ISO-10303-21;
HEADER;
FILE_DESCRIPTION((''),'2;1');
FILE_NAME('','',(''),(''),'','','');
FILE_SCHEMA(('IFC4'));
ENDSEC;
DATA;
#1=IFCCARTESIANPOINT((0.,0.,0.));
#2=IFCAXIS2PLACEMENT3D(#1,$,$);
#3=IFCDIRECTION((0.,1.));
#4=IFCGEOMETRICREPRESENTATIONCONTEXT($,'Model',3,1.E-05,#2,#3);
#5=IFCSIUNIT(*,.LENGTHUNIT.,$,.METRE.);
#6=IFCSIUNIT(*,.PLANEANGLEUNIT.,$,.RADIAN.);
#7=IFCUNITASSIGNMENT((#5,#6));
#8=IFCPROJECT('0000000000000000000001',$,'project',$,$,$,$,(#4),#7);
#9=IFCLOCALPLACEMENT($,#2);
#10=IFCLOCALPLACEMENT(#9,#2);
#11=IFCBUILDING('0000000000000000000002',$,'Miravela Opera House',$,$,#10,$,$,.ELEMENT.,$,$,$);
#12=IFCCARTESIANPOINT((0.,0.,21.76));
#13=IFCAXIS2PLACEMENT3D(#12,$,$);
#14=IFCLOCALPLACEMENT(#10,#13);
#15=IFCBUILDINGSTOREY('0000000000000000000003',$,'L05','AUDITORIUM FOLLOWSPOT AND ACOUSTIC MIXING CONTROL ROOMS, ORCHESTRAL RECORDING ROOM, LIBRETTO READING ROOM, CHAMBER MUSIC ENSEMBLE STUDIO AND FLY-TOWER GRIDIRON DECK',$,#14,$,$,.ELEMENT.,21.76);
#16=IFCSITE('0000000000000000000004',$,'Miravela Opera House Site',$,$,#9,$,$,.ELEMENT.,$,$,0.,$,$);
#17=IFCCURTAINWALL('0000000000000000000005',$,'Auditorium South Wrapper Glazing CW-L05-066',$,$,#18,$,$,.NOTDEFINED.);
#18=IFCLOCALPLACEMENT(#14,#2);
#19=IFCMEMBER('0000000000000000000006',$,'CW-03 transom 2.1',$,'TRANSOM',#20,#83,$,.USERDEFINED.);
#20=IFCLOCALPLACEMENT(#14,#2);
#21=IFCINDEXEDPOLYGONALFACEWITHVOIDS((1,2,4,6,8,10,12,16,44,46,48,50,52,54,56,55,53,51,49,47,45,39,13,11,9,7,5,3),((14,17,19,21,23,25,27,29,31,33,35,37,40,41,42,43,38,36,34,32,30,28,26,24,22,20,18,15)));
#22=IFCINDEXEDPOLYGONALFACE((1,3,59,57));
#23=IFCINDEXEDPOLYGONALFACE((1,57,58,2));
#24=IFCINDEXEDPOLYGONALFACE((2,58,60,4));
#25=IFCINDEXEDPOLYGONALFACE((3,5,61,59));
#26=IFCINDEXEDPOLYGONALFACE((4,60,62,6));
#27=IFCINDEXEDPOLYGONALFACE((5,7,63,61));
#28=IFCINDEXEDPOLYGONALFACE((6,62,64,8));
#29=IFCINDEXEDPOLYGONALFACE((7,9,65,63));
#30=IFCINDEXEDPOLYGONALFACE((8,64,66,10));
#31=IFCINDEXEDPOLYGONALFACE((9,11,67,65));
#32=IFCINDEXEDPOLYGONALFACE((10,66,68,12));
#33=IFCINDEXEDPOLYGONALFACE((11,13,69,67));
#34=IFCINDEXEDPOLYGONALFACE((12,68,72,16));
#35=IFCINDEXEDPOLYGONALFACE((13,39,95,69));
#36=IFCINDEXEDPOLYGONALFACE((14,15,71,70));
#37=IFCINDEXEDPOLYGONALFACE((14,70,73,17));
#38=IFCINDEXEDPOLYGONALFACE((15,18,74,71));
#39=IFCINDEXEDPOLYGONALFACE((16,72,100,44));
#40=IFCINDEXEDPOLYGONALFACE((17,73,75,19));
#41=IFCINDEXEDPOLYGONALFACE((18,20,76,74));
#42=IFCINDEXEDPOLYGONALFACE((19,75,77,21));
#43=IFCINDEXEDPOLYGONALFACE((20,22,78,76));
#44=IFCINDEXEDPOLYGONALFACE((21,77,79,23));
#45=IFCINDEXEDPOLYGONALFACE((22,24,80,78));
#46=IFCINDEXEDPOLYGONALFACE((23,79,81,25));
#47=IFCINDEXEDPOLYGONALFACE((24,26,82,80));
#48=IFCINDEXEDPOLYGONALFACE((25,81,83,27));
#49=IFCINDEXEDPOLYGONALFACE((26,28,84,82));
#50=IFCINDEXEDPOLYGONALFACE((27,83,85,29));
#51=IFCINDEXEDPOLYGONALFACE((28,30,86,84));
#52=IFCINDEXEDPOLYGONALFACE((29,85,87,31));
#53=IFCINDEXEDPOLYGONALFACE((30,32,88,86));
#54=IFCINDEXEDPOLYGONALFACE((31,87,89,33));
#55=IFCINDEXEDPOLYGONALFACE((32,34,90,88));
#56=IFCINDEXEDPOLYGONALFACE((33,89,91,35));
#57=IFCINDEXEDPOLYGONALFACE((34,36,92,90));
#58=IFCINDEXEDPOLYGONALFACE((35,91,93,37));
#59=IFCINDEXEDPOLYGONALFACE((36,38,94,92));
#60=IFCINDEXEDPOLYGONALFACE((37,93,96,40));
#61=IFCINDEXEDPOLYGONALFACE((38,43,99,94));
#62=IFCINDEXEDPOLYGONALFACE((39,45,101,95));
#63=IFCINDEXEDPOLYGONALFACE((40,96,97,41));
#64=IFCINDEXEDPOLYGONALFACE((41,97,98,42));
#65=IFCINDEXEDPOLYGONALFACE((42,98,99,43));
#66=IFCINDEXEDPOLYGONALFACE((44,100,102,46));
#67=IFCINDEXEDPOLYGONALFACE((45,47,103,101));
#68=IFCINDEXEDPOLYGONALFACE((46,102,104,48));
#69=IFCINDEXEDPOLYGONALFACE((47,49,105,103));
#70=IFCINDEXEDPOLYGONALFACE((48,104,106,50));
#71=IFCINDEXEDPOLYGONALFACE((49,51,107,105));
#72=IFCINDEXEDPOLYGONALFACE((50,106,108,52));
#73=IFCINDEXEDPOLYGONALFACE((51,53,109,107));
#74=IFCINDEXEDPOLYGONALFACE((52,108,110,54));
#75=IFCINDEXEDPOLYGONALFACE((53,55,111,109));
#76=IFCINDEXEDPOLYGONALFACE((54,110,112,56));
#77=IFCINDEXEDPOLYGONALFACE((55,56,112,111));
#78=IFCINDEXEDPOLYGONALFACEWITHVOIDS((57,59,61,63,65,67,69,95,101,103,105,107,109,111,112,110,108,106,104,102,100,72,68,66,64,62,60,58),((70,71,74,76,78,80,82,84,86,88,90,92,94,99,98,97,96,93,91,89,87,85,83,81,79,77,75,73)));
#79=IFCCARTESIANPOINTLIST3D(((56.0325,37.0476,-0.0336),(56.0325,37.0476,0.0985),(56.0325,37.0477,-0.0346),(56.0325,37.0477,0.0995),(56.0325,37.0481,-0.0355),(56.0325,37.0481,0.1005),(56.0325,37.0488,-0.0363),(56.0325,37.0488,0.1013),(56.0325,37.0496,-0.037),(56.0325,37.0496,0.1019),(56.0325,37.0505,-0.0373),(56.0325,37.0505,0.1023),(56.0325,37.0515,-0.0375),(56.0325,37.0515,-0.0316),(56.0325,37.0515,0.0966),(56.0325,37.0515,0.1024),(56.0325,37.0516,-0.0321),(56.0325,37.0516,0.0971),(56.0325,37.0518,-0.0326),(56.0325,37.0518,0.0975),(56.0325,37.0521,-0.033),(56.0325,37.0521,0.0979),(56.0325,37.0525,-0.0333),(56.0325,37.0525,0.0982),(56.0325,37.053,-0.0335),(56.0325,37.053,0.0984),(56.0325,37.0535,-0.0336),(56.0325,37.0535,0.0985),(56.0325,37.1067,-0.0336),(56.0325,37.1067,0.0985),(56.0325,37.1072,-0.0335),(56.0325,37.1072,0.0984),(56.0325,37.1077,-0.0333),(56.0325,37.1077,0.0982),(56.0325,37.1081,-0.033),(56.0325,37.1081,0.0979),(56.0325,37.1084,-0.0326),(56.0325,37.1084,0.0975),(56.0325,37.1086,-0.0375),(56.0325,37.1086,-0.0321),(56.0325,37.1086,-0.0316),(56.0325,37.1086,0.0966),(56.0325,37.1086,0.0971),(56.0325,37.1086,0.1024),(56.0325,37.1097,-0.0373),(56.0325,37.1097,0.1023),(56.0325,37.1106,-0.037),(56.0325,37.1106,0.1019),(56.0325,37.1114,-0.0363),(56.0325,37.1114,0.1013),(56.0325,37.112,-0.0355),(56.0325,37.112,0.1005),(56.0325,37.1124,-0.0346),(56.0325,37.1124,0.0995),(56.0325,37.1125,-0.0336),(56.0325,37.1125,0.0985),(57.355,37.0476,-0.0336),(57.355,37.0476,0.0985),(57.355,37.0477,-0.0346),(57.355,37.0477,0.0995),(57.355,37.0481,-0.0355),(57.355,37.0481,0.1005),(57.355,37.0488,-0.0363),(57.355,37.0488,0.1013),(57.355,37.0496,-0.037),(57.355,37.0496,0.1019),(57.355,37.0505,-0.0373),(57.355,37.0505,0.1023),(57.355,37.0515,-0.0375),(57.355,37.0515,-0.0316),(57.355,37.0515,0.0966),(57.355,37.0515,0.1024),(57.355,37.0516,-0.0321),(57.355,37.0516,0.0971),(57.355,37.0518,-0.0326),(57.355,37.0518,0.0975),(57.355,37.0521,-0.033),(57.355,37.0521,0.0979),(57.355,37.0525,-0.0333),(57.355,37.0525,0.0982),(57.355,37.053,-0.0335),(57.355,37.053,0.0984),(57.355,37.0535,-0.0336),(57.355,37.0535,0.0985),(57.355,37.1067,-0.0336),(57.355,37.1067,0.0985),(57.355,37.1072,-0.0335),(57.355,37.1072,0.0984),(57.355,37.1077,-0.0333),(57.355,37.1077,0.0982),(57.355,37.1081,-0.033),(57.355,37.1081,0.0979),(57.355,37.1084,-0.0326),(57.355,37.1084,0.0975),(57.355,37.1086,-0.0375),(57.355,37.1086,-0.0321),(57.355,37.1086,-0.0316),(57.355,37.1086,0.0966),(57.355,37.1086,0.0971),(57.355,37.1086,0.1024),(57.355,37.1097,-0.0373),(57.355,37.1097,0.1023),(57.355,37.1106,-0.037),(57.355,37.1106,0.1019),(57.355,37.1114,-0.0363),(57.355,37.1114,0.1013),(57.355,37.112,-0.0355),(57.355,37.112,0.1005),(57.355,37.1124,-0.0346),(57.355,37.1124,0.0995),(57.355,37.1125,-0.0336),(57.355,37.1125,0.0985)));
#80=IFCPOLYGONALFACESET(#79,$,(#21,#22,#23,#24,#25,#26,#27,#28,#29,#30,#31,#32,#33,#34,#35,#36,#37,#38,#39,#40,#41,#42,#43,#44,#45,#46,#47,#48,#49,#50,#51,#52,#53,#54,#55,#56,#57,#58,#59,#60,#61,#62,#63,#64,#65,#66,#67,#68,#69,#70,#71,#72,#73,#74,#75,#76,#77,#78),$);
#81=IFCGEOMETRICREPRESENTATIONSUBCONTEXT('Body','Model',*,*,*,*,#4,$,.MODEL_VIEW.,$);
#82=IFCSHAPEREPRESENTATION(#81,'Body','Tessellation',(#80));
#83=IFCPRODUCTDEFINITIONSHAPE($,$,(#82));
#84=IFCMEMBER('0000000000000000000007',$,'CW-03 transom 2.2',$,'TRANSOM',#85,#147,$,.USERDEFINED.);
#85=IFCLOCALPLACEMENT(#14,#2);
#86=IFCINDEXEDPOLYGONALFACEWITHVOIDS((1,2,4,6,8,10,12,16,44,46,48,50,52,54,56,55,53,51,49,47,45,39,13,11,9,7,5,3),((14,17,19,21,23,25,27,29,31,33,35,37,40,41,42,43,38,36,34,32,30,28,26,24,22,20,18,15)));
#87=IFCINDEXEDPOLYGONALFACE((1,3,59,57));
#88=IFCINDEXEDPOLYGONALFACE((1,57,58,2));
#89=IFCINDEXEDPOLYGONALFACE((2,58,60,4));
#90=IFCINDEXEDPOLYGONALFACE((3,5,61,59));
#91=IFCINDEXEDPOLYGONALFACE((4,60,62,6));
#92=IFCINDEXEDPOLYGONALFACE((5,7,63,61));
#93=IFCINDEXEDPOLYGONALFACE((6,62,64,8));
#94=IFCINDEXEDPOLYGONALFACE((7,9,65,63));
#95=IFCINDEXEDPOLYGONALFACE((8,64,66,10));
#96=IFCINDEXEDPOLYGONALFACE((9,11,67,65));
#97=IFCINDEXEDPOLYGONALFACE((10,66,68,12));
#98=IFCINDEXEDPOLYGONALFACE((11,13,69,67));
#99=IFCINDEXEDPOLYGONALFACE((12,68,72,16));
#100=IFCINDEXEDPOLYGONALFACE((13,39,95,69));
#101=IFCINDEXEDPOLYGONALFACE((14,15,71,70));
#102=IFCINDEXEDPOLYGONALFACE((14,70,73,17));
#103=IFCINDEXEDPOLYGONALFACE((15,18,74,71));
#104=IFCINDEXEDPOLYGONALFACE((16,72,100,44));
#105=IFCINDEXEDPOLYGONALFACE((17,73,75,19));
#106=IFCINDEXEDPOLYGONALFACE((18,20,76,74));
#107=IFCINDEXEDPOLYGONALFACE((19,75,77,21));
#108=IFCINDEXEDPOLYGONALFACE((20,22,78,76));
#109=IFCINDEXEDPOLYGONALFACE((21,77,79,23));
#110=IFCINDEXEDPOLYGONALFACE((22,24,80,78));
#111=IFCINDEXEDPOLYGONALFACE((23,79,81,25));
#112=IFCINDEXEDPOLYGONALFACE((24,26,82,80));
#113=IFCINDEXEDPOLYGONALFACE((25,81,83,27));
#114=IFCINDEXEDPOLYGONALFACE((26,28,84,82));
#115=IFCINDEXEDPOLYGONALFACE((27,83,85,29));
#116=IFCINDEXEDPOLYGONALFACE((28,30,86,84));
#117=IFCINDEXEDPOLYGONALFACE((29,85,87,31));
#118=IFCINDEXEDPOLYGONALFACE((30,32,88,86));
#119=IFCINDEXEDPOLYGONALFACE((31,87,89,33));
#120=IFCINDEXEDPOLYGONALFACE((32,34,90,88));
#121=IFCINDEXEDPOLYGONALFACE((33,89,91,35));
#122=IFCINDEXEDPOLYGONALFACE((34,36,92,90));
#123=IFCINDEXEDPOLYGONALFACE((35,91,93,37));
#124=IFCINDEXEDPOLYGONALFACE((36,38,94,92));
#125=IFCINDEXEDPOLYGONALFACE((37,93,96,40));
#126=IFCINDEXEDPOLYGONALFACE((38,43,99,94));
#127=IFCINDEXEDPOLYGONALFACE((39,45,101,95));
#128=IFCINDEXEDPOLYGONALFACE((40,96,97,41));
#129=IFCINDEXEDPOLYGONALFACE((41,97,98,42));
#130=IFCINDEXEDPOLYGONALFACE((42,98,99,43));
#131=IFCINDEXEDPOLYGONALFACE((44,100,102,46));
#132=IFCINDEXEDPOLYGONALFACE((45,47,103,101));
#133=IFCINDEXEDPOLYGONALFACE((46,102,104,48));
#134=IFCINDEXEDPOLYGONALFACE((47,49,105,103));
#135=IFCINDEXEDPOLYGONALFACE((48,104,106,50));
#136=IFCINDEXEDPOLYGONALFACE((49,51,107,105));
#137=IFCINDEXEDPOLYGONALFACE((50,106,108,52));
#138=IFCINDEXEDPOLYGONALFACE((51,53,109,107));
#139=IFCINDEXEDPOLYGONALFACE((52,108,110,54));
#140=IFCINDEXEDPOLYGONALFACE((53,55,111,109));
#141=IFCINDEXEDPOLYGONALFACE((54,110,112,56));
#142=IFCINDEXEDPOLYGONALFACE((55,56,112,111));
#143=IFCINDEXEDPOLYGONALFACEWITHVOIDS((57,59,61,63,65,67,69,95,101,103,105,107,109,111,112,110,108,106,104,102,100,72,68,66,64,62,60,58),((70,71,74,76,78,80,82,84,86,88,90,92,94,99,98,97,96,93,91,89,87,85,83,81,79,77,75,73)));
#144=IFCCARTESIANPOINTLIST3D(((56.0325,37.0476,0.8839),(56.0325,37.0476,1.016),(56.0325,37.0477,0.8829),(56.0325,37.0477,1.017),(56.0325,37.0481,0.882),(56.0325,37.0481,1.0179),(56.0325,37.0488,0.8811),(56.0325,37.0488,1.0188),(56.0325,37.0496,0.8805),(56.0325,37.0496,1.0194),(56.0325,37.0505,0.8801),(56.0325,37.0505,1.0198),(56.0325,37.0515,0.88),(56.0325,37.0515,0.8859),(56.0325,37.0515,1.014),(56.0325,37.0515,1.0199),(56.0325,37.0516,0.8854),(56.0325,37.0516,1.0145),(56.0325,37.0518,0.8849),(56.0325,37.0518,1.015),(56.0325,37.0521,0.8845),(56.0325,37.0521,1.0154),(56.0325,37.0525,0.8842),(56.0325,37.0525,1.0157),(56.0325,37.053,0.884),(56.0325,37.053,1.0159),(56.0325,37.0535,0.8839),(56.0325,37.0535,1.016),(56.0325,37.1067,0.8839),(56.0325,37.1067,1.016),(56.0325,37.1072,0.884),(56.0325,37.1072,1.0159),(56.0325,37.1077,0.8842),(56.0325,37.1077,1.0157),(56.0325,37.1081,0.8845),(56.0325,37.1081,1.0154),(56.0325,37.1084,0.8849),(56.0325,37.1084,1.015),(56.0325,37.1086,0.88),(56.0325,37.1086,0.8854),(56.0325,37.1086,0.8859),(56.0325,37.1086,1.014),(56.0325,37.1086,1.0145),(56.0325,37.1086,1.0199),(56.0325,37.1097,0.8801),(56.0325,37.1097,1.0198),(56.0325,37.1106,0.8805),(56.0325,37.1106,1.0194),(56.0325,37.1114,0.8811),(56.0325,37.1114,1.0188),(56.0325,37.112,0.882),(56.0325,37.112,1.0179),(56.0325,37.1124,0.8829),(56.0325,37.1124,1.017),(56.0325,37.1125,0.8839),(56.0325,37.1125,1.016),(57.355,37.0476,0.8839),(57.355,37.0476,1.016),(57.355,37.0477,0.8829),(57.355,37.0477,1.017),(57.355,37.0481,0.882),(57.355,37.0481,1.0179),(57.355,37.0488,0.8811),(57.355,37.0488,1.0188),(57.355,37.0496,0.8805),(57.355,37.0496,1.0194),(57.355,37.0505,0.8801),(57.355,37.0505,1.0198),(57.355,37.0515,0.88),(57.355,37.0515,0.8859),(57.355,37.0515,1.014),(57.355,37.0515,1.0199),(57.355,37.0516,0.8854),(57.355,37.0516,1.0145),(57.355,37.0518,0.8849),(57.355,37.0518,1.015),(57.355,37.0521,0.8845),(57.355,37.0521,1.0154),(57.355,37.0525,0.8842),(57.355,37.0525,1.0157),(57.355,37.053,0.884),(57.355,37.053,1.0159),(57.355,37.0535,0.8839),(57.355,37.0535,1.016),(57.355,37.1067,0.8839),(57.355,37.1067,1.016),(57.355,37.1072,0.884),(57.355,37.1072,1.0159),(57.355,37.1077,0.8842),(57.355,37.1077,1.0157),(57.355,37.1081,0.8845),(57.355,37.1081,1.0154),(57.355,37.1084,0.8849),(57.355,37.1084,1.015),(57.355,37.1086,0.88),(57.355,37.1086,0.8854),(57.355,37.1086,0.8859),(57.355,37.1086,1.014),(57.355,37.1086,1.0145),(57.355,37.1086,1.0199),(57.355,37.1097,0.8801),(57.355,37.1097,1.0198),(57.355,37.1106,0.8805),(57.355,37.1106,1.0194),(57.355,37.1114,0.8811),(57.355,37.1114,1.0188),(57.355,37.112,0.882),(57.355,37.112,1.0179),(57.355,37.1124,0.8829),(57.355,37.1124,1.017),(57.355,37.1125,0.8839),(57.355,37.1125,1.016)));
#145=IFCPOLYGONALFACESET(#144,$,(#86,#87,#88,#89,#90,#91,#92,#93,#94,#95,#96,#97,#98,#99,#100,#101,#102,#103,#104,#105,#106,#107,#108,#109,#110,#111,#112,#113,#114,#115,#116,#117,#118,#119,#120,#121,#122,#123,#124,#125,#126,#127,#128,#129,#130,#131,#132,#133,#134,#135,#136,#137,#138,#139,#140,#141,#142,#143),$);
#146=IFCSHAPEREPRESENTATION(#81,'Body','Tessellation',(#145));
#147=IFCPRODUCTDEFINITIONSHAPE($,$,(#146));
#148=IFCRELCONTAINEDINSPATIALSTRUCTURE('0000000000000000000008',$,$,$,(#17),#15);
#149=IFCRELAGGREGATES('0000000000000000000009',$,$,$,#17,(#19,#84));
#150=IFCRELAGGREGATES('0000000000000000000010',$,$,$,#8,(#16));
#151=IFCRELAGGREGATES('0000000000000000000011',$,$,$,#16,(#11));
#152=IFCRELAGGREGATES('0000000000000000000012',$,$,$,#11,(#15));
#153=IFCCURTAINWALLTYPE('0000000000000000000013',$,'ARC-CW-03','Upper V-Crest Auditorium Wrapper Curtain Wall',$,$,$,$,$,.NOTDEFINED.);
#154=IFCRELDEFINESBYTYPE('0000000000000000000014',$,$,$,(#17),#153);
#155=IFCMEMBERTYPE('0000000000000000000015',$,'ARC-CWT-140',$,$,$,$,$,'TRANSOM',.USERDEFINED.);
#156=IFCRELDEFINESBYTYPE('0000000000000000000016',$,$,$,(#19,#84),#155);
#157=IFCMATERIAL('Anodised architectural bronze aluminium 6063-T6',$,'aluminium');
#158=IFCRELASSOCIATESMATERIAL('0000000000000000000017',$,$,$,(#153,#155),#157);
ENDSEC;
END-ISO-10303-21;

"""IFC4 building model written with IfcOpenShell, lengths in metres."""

from ifc_helpers import new_model, si_unit, direction, frame, origin, origin_2d, place, context, subcontext, project, spatial, hollow_rectangle, extrude, material, material_profile, profile_set, type_object, element, aggregate, save


model = new_model("IFC4")

# Units and contexts
model_context = context("Model", 3, precision=1e-05, world=origin(), true_north=direction((0.0, 1.0)))
body_context = subcontext(model_context, "Body", "Model", "MODEL_VIEW")
ifc_project = project(units=[si_unit("LENGTHUNIT", "METRE"), si_unit("PLANEANGLEUNIT", "RADIAN")], contexts=[model_context])

# Site, building, storey
site_placement = place(None, origin())
site = spatial("IfcSite", under=ifc_project, at=site_placement, Name="Miravela Opera House Site", CompositionType="ELEMENT", RefElevation=0.0)
building_placement = place(site_placement, origin())
building = spatial("IfcBuilding", under=site, at=building_placement, Name="Miravela Opera House", CompositionType="ELEMENT")
storey_placement = place(building_placement, frame((0.0, 0.0, 21.76)))
storey = spatial("IfcBuildingStorey", under=building, at=storey_placement, Name="L05", Description="AUDITORIUM FOLLOWSPOT AND ACOUSTIC MIXING CONTROL ROOMS, ORCHESTRAL RECORDING ROOM, LIBRETTO READING ROOM, CHAMBER MUSIC ENSEMBLE STUDIO AND FLY-TOWER GRIDIRON DECK", CompositionType="ELEMENT", Elevation=21.76)

# Curtain wall, members
ifc_material_1 = material(Name="Anodised architectural bronze aluminium 6063-T6", Category="aluminium")
curtain_wall_type = type_object("IfcCurtainWallType", Name="ARC-CW-03", Description="Upper V-Crest Auditorium Wrapper Curtain Wall", PredefinedType="NOTDEFINED", material=ifc_material_1)
curtain_wall_placement = place(storey_placement, origin())
curtain_wall = element("IfcCurtainWall", 1, at=curtain_wall_placement, inside=storey, type_object=curtain_wall_type, Name="Auditorium South Wrapper Glazing CW-L05-066", PredefinedType="NOTDEFINED")
ifc_material_profile_1 = material_profile(ifc_material_1, hollow_rectangle(XDim=0.0649, YDim=0.1399, WallThickness=0.0039, InnerFilletRadius=0.002, OuterFilletRadius=0.0039, at=origin_2d()), Name="CWT-65X140")
ifc_profile_set_1 = profile_set([ifc_material_profile_1])
member_type_1 = type_object("IfcMemberType", Name="ARC-CWT-140", ElementType="TRANSOM", PredefinedType="USERDEFINED", material=ifc_profile_set_1)
member_1_placement = place(storey_placement, frame((56.0325, 37.0801, 0.0325), z_axis=(1.0, 0.0, 0.0), x_axis=(0.0, 1.0, 0.0)))
member_1 = element("IfcMember", 2, at=member_1_placement, type_object=member_type_1, Name="CW-03 transom 2.1", ObjectType="TRANSOM", PredefinedType="USERDEFINED", context=body_context, shape_type="SweptSolid", body=[
    extrude(hollow_rectangle(XDim=0.0649, YDim=0.1399, WallThickness=0.0039, InnerFilletRadius=0.002, OuterFilletRadius=0.0039, at=origin_2d()), origin(), (0.0, 0.0, 1.0), 1.3225),
])
member_2_placement = place(storey_placement, frame((56.0325, 37.0801, 0.95), z_axis=(1.0, 0.0, 0.0), x_axis=(0.0, 1.0, 0.0)))
member_2 = element("IfcMember", 3, at=member_2_placement, type_object=member_type_1, Name="CW-03 transom 2.2", ObjectType="TRANSOM", PredefinedType="USERDEFINED", context=body_context, shape_type="SweptSolid", body=[
    extrude(hollow_rectangle(XDim=0.0649, YDim=0.1399, WallThickness=0.0039, InnerFilletRadius=0.002, OuterFilletRadius=0.0039, at=origin_2d()), origin(), (0.0, 0.0, 1.0), 1.3225),
])

aggregate(curtain_wall, [member_1, member_2])

save(model, "model.ifc")
